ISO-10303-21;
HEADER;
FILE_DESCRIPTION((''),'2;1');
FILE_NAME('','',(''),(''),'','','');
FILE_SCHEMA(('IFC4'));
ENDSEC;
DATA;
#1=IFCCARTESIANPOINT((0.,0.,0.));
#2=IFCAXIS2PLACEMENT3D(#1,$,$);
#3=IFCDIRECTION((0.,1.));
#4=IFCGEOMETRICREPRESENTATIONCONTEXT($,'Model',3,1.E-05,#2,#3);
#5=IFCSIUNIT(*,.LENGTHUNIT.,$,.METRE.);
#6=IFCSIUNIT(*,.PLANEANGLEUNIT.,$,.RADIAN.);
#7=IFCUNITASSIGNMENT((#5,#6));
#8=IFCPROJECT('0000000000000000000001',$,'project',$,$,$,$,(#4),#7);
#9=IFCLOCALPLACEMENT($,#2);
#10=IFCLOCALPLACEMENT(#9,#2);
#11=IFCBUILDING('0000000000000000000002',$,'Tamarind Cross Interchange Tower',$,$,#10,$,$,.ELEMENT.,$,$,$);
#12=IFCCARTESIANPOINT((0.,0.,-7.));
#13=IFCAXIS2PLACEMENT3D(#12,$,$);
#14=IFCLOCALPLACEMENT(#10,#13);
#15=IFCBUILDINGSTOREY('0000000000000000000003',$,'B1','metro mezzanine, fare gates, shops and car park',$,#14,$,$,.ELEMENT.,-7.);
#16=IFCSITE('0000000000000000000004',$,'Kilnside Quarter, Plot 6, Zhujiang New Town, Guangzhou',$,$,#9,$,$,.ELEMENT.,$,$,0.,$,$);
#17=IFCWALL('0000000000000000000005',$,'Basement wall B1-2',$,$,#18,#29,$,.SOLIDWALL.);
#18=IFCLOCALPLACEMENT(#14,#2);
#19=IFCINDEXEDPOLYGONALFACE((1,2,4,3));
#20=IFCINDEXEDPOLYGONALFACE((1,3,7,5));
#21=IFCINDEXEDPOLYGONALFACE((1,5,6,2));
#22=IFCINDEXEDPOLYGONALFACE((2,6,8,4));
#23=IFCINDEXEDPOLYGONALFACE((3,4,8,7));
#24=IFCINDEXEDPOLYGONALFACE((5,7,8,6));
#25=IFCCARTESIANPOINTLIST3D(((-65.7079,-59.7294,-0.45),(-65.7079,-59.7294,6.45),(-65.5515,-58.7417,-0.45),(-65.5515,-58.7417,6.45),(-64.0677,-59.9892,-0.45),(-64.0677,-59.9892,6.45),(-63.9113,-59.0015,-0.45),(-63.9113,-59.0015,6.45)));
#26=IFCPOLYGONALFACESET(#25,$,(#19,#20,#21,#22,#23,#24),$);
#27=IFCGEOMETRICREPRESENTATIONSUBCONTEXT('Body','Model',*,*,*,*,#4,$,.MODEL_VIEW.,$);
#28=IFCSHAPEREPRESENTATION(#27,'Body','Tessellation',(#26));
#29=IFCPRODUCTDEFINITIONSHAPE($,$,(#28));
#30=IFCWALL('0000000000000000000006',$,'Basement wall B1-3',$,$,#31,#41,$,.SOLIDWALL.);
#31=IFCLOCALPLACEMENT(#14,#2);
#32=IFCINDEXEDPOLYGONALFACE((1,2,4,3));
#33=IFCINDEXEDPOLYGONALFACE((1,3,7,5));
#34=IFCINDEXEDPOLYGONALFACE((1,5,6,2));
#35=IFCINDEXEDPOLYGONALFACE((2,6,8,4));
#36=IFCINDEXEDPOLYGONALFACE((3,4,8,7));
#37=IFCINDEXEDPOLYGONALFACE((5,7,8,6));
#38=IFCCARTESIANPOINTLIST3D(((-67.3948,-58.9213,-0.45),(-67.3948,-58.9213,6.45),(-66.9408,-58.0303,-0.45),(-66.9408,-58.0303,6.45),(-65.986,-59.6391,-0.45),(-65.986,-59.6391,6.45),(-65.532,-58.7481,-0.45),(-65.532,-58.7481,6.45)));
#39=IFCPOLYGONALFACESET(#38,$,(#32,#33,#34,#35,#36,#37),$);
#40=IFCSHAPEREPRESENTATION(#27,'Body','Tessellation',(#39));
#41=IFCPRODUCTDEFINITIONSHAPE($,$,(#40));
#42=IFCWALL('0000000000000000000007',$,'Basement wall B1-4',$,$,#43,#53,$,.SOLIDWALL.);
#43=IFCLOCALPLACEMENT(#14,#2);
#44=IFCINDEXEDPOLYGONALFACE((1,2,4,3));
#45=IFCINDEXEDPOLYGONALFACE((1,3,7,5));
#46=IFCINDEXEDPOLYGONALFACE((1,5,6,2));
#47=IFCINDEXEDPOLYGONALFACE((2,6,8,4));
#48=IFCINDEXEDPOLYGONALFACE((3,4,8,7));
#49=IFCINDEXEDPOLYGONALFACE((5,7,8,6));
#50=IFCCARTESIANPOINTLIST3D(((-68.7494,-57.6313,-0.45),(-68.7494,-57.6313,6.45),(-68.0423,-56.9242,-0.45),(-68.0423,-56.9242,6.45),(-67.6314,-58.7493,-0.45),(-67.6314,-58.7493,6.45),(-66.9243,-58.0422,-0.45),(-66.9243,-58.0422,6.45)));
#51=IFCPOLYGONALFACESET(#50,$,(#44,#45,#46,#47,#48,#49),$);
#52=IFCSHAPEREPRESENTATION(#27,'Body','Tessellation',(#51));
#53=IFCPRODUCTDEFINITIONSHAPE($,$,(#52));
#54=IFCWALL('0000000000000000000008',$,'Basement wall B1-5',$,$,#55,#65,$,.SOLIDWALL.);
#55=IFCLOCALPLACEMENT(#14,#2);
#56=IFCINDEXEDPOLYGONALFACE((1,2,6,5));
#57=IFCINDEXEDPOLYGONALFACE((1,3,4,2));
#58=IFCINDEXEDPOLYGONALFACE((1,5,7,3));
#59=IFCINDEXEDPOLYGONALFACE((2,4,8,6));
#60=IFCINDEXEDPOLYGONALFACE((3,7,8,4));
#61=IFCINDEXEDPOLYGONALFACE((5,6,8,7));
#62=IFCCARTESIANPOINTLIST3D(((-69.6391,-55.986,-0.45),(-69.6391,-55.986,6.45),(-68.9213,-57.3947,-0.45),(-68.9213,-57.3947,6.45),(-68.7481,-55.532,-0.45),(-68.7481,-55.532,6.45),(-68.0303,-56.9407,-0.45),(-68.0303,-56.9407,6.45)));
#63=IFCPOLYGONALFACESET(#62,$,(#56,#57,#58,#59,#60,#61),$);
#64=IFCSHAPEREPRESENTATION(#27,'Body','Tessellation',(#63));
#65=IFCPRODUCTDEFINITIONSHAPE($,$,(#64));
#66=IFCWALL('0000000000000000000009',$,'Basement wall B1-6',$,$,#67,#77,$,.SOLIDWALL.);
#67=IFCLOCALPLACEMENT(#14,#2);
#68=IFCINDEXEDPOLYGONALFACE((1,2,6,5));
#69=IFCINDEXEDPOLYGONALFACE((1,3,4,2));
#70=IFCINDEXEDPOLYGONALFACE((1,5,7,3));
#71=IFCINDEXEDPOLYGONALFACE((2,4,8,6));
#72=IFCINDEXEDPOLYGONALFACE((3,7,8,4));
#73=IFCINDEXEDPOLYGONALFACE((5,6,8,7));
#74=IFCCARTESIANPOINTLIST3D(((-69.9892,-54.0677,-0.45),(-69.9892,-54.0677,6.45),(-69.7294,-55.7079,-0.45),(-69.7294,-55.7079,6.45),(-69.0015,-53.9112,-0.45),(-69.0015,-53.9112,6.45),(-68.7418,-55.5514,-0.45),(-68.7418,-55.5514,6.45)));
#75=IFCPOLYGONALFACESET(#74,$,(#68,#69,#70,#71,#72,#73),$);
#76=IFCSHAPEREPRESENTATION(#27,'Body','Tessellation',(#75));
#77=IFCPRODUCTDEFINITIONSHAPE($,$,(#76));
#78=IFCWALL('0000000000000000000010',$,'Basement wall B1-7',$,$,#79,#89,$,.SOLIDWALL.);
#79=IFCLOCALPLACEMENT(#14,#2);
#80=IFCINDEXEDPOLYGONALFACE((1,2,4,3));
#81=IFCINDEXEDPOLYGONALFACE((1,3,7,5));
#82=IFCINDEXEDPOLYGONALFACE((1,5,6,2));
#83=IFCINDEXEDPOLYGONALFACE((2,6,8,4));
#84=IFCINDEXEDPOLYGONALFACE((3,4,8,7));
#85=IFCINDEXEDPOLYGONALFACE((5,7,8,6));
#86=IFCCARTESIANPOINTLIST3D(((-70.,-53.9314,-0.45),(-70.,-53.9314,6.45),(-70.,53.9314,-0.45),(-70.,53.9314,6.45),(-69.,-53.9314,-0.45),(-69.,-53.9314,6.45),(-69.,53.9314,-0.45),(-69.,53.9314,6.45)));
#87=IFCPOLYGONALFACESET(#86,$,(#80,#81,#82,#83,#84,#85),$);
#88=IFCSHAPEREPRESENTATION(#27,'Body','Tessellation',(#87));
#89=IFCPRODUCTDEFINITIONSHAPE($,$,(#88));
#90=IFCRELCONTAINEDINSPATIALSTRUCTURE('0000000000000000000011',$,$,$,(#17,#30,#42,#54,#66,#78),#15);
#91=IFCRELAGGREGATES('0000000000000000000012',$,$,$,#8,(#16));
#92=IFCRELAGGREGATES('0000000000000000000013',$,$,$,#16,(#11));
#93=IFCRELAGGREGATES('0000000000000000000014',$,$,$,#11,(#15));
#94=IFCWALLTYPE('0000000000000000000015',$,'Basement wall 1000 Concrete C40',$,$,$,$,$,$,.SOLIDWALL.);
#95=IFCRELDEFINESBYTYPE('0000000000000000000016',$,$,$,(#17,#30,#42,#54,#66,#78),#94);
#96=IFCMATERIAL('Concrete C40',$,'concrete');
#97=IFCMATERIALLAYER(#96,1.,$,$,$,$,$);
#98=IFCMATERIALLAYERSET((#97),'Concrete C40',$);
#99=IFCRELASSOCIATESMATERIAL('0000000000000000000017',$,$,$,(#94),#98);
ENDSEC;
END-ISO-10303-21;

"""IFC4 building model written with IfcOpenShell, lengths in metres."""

from ifc_helpers import new_model, si_unit, direction, frame, frame_2d, origin, place, context, subcontext, project, spatial, rectangle, extrude, material, layer, layer_set, type_object, element, save


model = new_model("IFC4")

# Units and contexts
model_context = context("Model", 3, precision=1e-05, world=origin(), true_north=direction((0.0, 1.0)))
body_context = subcontext(model_context, "Body", "Model", "MODEL_VIEW")
ifc_project = project(units=[si_unit("LENGTHUNIT", "METRE"), si_unit("PLANEANGLEUNIT", "RADIAN")], contexts=[model_context])

# Site, building, storey
site_placement = place(None, origin())
site = spatial("IfcSite", under=ifc_project, at=site_placement, Name="Kilnside Quarter, Plot 6, Zhujiang New Town, Guangzhou", CompositionType="ELEMENT", RefElevation=0.0)
building_placement = place(site_placement, origin())
building = spatial("IfcBuilding", under=site, at=building_placement, Name="Tamarind Cross Interchange Tower", CompositionType="ELEMENT")
storey_placement = place(building_placement, frame((0.0, 0.0, -7.0)))
storey = spatial("IfcBuildingStorey", under=building, at=storey_placement, Name="B1", Description="metro mezzanine, fare gates, shops and car park", CompositionType="ELEMENT", Elevation=-7.0)

# Walls
ifc_material_1 = material(Name="Concrete C40", Category="concrete")
ifc_layer_1 = layer(ifc_material_1, 1.0)
ifc_layer_set_1 = layer_set([ifc_layer_1], Name="Concrete C40")
wall_type_1 = type_object("IfcWallType", Name="Basement wall 1000 Concrete C40", PredefinedType="SOLIDWALL", material=ifc_layer_set_1)
wall_1_placement = place(storey_placement, frame((-63.9895, -59.4954, -0.45), z_axis=(0.0, 0.0, 1.0), x_axis=(-0.987689, 0.156431, 0.0)))
element("IfcWall", 1, at=wall_1_placement, inside=storey, type_object=wall_type_1, Name="Basement wall B1-2", PredefinedType="SOLIDWALL", context=body_context, shape_type="SweptSolid", body=[
    extrude(rectangle(XDim=1.6606, YDim=1.0, at=frame_2d((0.8303, 0.0))), origin(), (0.0, 0.0, 1.0), 6.8999),
])
for number, where, z_axis, x_axis, name in (
    (2, (-65.759, -59.1936, -0.45), (0.0, 0.0, 1.0), (-0.891004, 0.453995, 0.0), "Basement wall B1-3"),
    (3, (-67.2778, -58.3958, -0.45), (0.0, 0.0, 1.0), (-0.707107, 0.707107, 0.0), "Basement wall B1-4"),
    (4, (-68.4758, -57.1677, -0.45), (0.0, 0.0, 1.0), (-0.453995, 0.891004, 0.0), "Basement wall B1-5"),
):
    element("IfcWall", number, at=place(storey_placement, frame(where, z_axis=z_axis, x_axis=x_axis)), inside=storey, type_object=wall_type_1, Name=name, PredefinedType="SOLIDWALL", context=body_context, shape_type="SweptSolid", body=[
        extrude(rectangle(XDim=1.5811, YDim=1.0, at=frame_2d((0.7905, 0.0))), origin(), (0.0, 0.0, 1.0), 6.8999),
    ])
wall_2_placement = place(storey_placement, frame((-69.2356, -55.6296, -0.45), z_axis=(0.0, 0.0, 1.0), x_axis=(-0.156431, 0.987689, 0.0)))
element("IfcWall", 5, at=wall_2_placement, inside=storey, type_object=wall_type_1, Name="Basement wall B1-6", PredefinedType="SOLIDWALL", context=body_context, shape_type="SweptSolid", body=[
    extrude(rectangle(XDim=1.6606, YDim=1.0, at=frame_2d((0.8303, 0.0))), origin(), (0.0, 0.0, 1.0), 6.8999),
])
wall_3_placement = place(storey_placement, frame((-69.5, -53.9314, -0.45), z_axis=(0.0, 0.0, 1.0), x_axis=(0.0, 1.0, 0.0)))
element("IfcWall", 6, at=wall_3_placement, inside=storey, type_object=wall_type_1, Name="Basement wall B1-7", PredefinedType="SOLIDWALL", context=body_context, shape_type="SweptSolid", body=[
    extrude(rectangle(XDim=107.8628, YDim=1.0, at=frame_2d((53.9314, 0.0))), origin(), (0.0, 0.0, 1.0), 6.8999),
])

save(model, "model.ifc")
